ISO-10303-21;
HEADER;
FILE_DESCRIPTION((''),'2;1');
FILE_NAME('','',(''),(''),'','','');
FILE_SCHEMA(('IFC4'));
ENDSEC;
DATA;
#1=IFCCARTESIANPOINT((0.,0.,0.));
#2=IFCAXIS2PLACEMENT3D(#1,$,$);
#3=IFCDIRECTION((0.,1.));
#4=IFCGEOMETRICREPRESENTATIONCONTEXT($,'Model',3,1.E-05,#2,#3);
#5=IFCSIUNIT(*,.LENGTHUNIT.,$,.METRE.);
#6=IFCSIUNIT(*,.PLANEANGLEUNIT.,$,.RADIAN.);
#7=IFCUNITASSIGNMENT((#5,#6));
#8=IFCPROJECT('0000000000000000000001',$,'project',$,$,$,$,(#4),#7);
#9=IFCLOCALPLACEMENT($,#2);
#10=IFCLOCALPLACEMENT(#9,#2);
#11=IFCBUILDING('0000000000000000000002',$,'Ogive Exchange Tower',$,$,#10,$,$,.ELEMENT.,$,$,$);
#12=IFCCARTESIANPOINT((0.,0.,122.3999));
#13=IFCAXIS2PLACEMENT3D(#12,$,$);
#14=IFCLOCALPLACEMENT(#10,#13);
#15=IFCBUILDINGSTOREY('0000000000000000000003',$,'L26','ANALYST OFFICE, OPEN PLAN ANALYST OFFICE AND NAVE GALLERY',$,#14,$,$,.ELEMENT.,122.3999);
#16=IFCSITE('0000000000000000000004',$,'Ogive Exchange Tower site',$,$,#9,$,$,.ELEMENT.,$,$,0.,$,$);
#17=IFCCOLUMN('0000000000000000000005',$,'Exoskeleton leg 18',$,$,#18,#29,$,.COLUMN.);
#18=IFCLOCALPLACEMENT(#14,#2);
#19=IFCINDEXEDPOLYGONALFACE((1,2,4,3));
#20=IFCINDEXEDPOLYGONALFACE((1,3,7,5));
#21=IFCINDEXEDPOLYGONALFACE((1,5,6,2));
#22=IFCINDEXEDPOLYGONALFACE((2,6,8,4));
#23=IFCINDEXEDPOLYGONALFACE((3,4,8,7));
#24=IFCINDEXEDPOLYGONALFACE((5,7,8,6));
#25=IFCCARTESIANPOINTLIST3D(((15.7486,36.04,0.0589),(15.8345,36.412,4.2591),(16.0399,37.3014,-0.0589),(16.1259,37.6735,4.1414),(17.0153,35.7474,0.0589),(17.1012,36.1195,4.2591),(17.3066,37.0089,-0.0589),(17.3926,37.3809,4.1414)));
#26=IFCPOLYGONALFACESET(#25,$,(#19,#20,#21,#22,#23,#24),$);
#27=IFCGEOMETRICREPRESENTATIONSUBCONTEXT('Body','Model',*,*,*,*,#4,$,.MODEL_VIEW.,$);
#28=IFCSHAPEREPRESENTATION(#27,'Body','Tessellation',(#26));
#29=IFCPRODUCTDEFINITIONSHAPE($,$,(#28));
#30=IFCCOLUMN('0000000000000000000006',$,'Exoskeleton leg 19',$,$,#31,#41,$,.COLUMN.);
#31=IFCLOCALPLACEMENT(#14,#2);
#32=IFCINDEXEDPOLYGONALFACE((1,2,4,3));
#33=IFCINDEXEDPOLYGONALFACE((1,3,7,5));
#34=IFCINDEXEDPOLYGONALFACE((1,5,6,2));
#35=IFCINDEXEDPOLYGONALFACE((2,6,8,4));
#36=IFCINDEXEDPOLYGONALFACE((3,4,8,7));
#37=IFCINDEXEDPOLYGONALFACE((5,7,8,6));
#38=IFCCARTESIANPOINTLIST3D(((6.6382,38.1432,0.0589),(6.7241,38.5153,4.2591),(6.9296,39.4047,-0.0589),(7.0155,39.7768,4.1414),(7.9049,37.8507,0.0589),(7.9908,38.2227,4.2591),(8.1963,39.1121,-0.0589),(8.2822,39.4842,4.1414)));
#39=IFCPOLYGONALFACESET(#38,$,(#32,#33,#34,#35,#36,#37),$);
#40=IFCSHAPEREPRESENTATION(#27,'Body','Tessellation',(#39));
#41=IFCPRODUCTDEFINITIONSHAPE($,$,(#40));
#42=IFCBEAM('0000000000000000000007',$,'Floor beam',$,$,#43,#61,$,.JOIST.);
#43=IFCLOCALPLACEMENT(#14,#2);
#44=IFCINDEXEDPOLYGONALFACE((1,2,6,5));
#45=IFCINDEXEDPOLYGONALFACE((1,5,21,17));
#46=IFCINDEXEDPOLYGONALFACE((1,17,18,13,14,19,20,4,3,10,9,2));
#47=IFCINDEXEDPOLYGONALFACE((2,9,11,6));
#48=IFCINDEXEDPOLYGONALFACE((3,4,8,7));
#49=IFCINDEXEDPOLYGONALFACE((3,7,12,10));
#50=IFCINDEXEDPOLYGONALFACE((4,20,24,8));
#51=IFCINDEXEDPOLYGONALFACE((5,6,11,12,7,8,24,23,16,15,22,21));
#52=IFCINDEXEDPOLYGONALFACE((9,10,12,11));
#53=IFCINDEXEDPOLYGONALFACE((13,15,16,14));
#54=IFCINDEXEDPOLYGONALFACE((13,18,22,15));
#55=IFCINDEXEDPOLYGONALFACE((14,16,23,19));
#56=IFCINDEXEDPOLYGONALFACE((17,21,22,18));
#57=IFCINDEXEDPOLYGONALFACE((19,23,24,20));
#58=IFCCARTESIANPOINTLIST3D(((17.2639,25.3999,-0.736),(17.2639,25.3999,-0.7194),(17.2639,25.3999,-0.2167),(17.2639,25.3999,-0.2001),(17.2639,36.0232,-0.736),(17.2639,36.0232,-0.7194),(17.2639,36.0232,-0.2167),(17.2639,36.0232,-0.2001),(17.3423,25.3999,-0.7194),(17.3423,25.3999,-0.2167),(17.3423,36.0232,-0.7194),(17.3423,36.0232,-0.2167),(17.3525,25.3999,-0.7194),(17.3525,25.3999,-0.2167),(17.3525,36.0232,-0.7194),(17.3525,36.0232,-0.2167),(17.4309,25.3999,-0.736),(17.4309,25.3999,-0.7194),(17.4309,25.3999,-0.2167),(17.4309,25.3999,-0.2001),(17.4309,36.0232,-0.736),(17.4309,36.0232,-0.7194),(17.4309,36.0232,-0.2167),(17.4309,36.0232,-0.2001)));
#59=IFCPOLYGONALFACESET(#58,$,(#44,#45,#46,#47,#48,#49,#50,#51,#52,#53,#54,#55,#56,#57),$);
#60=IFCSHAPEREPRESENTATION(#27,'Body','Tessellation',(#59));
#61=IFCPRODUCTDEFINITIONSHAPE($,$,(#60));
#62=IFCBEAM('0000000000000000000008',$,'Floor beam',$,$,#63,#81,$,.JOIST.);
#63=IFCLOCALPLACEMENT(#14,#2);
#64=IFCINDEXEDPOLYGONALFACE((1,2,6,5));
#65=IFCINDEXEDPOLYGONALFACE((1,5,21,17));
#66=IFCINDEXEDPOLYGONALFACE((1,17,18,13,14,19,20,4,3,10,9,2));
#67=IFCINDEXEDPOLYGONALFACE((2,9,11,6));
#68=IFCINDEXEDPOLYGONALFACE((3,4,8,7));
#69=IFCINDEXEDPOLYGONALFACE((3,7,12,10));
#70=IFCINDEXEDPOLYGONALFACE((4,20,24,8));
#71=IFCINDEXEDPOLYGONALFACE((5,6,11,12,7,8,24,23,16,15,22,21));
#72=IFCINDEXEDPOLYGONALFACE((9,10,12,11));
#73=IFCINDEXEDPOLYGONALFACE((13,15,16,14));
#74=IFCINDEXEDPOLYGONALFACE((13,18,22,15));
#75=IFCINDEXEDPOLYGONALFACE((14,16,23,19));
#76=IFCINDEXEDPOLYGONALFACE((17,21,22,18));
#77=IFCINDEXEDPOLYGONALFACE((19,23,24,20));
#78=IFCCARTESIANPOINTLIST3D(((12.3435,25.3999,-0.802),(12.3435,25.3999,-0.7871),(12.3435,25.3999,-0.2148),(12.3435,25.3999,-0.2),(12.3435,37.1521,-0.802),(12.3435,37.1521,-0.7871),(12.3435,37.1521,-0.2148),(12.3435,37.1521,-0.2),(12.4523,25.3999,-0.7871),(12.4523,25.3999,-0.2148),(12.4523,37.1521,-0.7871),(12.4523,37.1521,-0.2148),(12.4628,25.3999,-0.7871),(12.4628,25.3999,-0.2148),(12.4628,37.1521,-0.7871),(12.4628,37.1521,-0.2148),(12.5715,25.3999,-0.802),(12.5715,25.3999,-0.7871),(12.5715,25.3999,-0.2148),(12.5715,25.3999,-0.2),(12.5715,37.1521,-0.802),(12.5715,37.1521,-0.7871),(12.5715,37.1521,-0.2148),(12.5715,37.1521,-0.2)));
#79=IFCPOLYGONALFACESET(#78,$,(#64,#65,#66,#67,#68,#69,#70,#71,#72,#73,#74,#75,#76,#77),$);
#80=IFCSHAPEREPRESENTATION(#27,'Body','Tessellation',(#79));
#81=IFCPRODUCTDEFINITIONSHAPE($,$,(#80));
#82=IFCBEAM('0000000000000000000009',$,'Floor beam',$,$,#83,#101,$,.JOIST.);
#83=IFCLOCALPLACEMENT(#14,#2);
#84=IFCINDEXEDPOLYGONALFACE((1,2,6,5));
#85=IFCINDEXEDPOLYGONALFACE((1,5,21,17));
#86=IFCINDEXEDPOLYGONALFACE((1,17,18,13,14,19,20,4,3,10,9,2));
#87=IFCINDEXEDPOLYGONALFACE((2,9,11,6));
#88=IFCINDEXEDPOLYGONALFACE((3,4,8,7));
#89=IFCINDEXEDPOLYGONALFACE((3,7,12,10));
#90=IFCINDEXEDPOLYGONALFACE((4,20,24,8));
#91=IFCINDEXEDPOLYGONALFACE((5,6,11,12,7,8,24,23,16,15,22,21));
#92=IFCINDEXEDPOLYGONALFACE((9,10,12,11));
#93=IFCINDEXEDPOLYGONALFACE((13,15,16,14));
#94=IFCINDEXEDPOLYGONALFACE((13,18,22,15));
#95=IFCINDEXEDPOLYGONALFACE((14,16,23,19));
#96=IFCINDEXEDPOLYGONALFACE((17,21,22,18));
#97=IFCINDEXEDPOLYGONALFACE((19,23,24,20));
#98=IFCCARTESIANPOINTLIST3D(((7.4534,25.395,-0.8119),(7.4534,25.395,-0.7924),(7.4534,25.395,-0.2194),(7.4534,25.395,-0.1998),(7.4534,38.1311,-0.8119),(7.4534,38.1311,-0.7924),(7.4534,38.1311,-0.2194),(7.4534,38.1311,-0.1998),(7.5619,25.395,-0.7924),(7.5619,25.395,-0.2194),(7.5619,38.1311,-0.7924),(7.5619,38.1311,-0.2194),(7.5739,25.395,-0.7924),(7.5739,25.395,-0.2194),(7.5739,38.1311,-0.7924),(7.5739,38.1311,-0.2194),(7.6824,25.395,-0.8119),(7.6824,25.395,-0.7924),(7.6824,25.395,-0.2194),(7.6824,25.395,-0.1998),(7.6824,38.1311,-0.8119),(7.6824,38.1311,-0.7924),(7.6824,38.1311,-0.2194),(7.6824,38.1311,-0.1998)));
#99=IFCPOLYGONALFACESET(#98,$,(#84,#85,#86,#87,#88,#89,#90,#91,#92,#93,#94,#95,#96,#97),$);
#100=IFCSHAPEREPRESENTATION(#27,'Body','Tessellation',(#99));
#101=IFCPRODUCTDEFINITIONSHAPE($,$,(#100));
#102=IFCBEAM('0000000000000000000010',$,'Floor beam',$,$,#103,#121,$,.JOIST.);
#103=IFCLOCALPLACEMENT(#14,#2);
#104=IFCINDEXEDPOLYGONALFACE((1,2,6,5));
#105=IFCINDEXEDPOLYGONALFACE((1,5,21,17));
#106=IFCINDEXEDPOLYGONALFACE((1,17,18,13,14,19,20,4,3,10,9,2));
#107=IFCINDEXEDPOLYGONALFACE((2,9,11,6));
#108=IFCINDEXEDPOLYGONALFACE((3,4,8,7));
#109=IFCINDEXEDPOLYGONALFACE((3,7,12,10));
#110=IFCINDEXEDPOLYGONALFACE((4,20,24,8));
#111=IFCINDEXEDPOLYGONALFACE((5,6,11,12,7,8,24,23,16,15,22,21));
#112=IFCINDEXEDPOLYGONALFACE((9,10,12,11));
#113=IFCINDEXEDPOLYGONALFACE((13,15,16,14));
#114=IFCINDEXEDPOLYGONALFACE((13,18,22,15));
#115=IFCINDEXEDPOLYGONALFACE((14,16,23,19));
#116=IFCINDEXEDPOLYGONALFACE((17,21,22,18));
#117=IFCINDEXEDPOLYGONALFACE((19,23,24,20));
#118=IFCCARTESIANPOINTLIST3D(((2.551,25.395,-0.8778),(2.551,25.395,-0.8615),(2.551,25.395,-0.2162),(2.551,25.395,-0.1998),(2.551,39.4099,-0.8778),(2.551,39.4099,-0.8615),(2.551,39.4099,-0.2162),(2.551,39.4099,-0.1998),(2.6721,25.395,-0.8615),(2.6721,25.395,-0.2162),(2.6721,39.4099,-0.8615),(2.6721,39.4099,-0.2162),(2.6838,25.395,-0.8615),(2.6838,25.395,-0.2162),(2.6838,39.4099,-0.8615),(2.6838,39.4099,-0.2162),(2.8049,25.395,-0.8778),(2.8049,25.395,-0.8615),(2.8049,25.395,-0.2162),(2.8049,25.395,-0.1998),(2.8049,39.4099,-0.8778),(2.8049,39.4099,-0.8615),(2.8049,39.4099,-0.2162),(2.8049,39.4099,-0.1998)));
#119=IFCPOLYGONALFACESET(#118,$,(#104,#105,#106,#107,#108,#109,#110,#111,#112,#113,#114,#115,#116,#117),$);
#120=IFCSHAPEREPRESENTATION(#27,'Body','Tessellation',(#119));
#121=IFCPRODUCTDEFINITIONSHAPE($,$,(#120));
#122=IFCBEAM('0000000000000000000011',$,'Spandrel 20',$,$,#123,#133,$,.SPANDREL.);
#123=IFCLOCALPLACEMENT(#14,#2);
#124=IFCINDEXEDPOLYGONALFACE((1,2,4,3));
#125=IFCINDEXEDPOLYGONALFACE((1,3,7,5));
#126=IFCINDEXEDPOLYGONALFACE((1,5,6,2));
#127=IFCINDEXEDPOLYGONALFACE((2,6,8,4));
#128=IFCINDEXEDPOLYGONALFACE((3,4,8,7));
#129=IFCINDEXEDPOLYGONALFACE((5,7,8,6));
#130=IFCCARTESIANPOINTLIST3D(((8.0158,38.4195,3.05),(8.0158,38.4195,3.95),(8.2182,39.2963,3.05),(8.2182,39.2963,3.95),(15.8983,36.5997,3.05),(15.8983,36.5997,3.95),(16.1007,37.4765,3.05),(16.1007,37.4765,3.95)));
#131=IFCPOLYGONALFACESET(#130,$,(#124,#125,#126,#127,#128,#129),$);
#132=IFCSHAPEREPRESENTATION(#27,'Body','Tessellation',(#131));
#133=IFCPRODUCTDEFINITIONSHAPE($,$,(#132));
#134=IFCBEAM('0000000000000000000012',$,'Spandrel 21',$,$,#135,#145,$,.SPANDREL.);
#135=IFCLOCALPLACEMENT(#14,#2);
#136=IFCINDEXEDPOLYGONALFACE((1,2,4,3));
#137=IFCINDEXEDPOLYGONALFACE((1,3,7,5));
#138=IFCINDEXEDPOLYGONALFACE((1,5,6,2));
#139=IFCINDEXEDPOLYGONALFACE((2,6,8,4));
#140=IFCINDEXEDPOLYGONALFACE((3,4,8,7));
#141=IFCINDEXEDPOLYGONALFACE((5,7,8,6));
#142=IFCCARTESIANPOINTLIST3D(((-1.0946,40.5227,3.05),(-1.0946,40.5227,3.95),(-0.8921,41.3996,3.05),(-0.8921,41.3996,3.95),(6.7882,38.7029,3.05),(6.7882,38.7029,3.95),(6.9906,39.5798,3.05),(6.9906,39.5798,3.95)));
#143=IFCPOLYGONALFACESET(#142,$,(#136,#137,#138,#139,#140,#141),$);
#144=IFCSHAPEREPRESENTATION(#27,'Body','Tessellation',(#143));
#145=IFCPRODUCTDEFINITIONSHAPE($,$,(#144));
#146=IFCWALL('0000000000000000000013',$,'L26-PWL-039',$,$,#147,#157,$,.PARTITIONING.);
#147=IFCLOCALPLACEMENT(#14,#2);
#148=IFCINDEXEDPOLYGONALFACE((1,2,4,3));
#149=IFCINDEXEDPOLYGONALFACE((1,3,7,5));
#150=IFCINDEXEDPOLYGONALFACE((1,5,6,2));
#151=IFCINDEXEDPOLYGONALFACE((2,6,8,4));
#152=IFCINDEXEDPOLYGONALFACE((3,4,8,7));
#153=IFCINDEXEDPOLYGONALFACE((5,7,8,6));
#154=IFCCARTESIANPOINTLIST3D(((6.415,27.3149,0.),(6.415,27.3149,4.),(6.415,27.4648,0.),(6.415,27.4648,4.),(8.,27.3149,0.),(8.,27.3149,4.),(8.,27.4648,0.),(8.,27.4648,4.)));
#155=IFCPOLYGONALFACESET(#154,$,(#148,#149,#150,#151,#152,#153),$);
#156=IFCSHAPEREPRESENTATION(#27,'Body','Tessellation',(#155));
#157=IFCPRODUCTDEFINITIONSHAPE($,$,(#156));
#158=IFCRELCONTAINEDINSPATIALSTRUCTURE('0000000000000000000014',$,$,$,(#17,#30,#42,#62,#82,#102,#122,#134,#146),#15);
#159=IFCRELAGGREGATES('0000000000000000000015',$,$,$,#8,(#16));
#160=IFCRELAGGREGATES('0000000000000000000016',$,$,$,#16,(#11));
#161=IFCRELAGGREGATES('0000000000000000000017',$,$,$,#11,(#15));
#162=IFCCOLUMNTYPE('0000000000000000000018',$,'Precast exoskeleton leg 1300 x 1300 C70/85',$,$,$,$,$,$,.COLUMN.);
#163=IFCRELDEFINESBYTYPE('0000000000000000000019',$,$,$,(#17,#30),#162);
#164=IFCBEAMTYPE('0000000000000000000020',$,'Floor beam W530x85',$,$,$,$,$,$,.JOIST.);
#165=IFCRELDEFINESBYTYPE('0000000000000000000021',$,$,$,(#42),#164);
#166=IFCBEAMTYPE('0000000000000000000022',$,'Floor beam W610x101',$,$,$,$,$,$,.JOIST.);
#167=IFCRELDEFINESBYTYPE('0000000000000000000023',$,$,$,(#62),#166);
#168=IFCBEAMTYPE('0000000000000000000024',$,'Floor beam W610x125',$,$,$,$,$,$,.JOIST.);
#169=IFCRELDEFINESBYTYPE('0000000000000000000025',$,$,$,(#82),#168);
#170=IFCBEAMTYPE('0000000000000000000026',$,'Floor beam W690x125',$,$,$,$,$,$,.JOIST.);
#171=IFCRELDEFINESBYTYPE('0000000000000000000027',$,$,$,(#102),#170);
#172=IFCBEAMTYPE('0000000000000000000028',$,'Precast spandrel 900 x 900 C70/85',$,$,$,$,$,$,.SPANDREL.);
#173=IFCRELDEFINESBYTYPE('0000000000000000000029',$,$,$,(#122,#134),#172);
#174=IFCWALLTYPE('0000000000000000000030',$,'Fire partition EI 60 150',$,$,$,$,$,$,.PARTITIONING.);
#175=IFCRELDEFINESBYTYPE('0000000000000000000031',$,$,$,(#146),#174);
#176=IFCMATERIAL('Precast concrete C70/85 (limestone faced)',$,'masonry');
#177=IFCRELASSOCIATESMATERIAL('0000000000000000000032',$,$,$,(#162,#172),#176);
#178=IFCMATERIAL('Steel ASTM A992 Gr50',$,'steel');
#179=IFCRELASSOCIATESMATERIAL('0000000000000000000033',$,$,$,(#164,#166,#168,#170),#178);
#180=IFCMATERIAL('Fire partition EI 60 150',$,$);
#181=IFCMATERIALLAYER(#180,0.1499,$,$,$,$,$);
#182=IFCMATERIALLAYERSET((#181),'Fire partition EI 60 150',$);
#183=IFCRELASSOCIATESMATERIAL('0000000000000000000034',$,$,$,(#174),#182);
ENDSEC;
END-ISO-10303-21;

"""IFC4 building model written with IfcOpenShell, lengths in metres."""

from ifc_helpers import new_model, si_unit, direction, frame, frame_2d, origin, origin_2d, place, context, subcontext, project, spatial, rectangle, i_section, extrude, material, layer, layer_set, material_profile, profile_set, type_object, element, save


model = new_model("IFC4")

# Units and contexts
model_context = context("Model", 3, precision=1e-05, world=origin(), true_north=direction((0.0, 1.0)))
body_context = subcontext(model_context, "Body", "Model", "MODEL_VIEW")
ifc_project = project(units=[si_unit("LENGTHUNIT", "METRE"), si_unit("PLANEANGLEUNIT", "RADIAN")], contexts=[model_context])

# Site, building, storey
site_placement = place(None, origin())
site = spatial("IfcSite", under=ifc_project, at=site_placement, Name="Ogive Exchange Tower site", CompositionType="ELEMENT", RefElevation=0.0)
building_placement = place(site_placement, origin())
building = spatial("IfcBuilding", under=site, at=building_placement, Name="Ogive Exchange Tower", CompositionType="ELEMENT")
storey_placement = place(building_placement, frame((0.0, 0.0, 122.3999)))
storey = spatial("IfcBuildingStorey", under=building, at=storey_placement, Name="L26", Description="ANALYST OFFICE, OPEN PLAN ANALYST OFFICE AND NAVE GALLERY", CompositionType="ELEMENT", Elevation=122.3999)

# Columns
ifc_material_1 = material(Name="Precast concrete C70/85 (limestone faced)", Category="masonry")
ifc_material_profile_1 = material_profile(ifc_material_1, rectangle(XDim=1.3, YDim=1.3, at=origin_2d()), Name="1300 x 1300")
ifc_profile_set_1 = profile_set([ifc_material_profile_1], Name="Precast concrete C70/85 (limestone faced)")
column_type = type_object("IfcColumnType", Name="Precast exoskeleton leg 1300 x 1300 C70/85", PredefinedType="COLUMN", material=ifc_profile_set_1)
for number, where, z_axis, x_axis, name in (
    (1, (16.5276, 36.5244, 0.0), (0.020376, 0.08822, 0.995893), (-0.974348, 0.225046, 0.0), "Exoskeleton leg 18"),
    (2, (7.4172, 38.6277, 0.0), (0.020376, 0.08822, 0.995893), (-0.974348, 0.225046, 0.0), "Exoskeleton leg 19"),
):
    element("IfcColumn", number, at=place(storey_placement, frame(where, z_axis=z_axis, x_axis=x_axis)), inside=storey, type_object=column_type, Name=name, PredefinedType="COLUMN", context=body_context, shape_type="SweptSolid", body=[
        extrude(rectangle(XDim=1.3, YDim=1.3, at=origin_2d()), origin(), (0.0, 0.0, 1.0), 4.2175),
    ])

# Beams
ifc_material_2 = material(Name="Steel ASTM A992 Gr50", Category="steel")
ifc_material_profile_2 = material_profile(ifc_material_2, i_section(OverallWidth=0.167, OverallDepth=0.5359, WebThickness=0.0103, FlangeThickness=0.0166, at=origin_2d()), Name="W530x85")
ifc_profile_set_2 = profile_set([ifc_material_profile_2], Name="Steel ASTM A992 Gr50")
beam_type_1 = type_object("IfcBeamType", Name="Floor beam W530x85", PredefinedType="JOIST", material=ifc_profile_set_2)
beam_1_placement = place(storey_placement, frame((17.3474, 25.3999, -0.468), z_axis=(0.0, 1.0, 0.0), x_axis=(-1.0, 0.0, 0.0)))
element("IfcBeam", 3, at=beam_1_placement, inside=storey, type_object=beam_type_1, Name="Floor beam", PredefinedType="JOIST", context=body_context, shape_type="SweptSolid", body=[
    extrude(i_section(OverallWidth=0.167, OverallDepth=0.5359, WebThickness=0.0103, FlangeThickness=0.0166, at=origin_2d()), origin(), (0.0, 0.0, 1.0), 10.6233),
])
ifc_material_profile_3 = material_profile(ifc_material_2, i_section(OverallWidth=0.228, OverallDepth=0.6021, WebThickness=0.0105, FlangeThickness=0.0149, at=origin_2d()), Name="W610x101")
ifc_profile_set_3 = profile_set([ifc_material_profile_3], Name="Steel ASTM A992 Gr50")
beam_type_2 = type_object("IfcBeamType", Name="Floor beam W610x101", PredefinedType="JOIST", material=ifc_profile_set_3)
beam_2_placement = place(storey_placement, frame((12.4575, 25.3999, -0.501), z_axis=(0.0, 1.0, 0.0), x_axis=(-1.0, 0.0, 0.0)))
element("IfcBeam", 4, at=beam_2_placement, inside=storey, type_object=beam_type_2, Name="Floor beam", PredefinedType="JOIST", context=body_context, shape_type="SweptSolid", body=[
    extrude(i_section(OverallWidth=0.228, OverallDepth=0.6021, WebThickness=0.0105, FlangeThickness=0.0149, at=origin_2d()), origin(), (0.0, 0.0, 1.0), 11.7522),
])
ifc_material_profile_4 = material_profile(ifc_material_2, i_section(OverallWidth=0.229, OverallDepth=0.6121, WebThickness=0.012, FlangeThickness=0.0195, at=origin_2d()), Name="W610x125")
ifc_profile_set_4 = profile_set([ifc_material_profile_4], Name="Steel ASTM A992 Gr50")
beam_type_3 = type_object("IfcBeamType", Name="Floor beam W610x125", PredefinedType="JOIST", material=ifc_profile_set_4)
beam_3_placement = place(storey_placement, frame((7.5679, 25.395, -0.5059), z_axis=(0.0, 1.0, 0.0), x_axis=(-1.0, 0.0, 0.0)))
element("IfcBeam", 5, at=beam_3_placement, inside=storey, type_object=beam_type_3, Name="Floor beam", PredefinedType="JOIST", context=body_context, shape_type="SweptSolid", body=[
    extrude(i_section(OverallWidth=0.229, OverallDepth=0.6121, WebThickness=0.012, FlangeThickness=0.0195, at=origin_2d()), origin(), (0.0, 0.0, 1.0), 12.7361),
])
ifc_material_profile_5 = material_profile(ifc_material_2, i_section(OverallWidth=0.2539, OverallDepth=0.678, WebThickness=0.0117, FlangeThickness=0.0164, at=origin_2d()), Name="W690x125")
ifc_profile_set_5 = profile_set([ifc_material_profile_5], Name="Steel ASTM A992 Gr50")
beam_type_4 = type_object("IfcBeamType", Name="Floor beam W690x125", PredefinedType="JOIST", material=ifc_profile_set_5)
beam_4_placement = place(storey_placement, frame((2.678, 25.395, -0.5388), z_axis=(0.0, 1.0, 0.0), x_axis=(-1.0, 0.0, 0.0)))
element("IfcBeam", 6, at=beam_4_placement, inside=storey, type_object=beam_type_4, Name="Floor beam", PredefinedType="JOIST", context=body_context, shape_type="SweptSolid", body=[
    extrude(i_section(OverallWidth=0.2539, OverallDepth=0.678, WebThickness=0.0117, FlangeThickness=0.0164, at=origin_2d()), origin(), (0.0, 0.0, 1.0), 14.0149),
])
ifc_material_profile_6 = material_profile(ifc_material_1, rectangle(XDim=0.8999, YDim=0.8999, at=origin_2d()), Name="900 x 900")
ifc_profile_set_6 = profile_set([ifc_material_profile_6], Name="Precast concrete C70/85 (limestone faced)")
beam_type_5 = type_object("IfcBeamType", Name="Precast spandrel 900 x 900 C70/85", PredefinedType="SPANDREL", material=ifc_profile_set_6)
beam_5_placement = place(storey_placement, frame((15.9995, 37.0381, 3.5), z_axis=(-0.97437, 0.22495, 0.0), x_axis=(-0.22495, -0.97437, 0.0)))
element("IfcBeam", 7, at=beam_5_placement, inside=storey, type_object=beam_type_5, Name="Spandrel 20", PredefinedType="SPANDREL", context=body_context, shape_type="SweptSolid", body=[
    extrude(rectangle(XDim=0.8999, YDim=0.8999, at=origin_2d()), origin(), (0.0, 0.0, 1.0), 8.0898),
])
beam_6_placement = place(storey_placement, frame((6.8894, 39.1414, 3.5), z_axis=(-0.974372, 0.224943, 0.0), x_axis=(-0.224943, -0.974372, 0.0)))
element("IfcBeam", 8, at=beam_6_placement, inside=storey, type_object=beam_type_5, Name="Spandrel 21", PredefinedType="SPANDREL", context=body_context, shape_type="SweptSolid", body=[
    extrude(rectangle(XDim=0.8999, YDim=0.8999, at=origin_2d()), origin(), (0.0, 0.0, 1.0), 8.0901),
])

# Wall
ifc_material_3 = material(Name="Fire partition EI 60 150")
ifc_layer_1 = layer(ifc_material_3, 0.1499)
ifc_layer_set_1 = layer_set([ifc_layer_1], Name="Fire partition EI 60 150")
wall_type_1 = type_object("IfcWallType", Name="Fire partition EI 60 150", PredefinedType="PARTITIONING", material=ifc_layer_set_1)
wall_1_placement = place(storey_placement, frame((6.415, 27.3899, 0.0), z_axis=(0.0, 0.0, 1.0), x_axis=(1.0, 0.0, 0.0)))
element("IfcWall", 9, at=wall_1_placement, inside=storey, type_object=wall_type_1, Name="L26-PWL-039", PredefinedType="PARTITIONING", context=body_context, shape_type="SweptSolid", body=[
    extrude(rectangle(XDim=1.585, YDim=0.1499, at=frame_2d((0.7925, 0.0))), origin(), (0.0, 0.0, 1.0), 4.0),
])

save(model, "model.ifc")
